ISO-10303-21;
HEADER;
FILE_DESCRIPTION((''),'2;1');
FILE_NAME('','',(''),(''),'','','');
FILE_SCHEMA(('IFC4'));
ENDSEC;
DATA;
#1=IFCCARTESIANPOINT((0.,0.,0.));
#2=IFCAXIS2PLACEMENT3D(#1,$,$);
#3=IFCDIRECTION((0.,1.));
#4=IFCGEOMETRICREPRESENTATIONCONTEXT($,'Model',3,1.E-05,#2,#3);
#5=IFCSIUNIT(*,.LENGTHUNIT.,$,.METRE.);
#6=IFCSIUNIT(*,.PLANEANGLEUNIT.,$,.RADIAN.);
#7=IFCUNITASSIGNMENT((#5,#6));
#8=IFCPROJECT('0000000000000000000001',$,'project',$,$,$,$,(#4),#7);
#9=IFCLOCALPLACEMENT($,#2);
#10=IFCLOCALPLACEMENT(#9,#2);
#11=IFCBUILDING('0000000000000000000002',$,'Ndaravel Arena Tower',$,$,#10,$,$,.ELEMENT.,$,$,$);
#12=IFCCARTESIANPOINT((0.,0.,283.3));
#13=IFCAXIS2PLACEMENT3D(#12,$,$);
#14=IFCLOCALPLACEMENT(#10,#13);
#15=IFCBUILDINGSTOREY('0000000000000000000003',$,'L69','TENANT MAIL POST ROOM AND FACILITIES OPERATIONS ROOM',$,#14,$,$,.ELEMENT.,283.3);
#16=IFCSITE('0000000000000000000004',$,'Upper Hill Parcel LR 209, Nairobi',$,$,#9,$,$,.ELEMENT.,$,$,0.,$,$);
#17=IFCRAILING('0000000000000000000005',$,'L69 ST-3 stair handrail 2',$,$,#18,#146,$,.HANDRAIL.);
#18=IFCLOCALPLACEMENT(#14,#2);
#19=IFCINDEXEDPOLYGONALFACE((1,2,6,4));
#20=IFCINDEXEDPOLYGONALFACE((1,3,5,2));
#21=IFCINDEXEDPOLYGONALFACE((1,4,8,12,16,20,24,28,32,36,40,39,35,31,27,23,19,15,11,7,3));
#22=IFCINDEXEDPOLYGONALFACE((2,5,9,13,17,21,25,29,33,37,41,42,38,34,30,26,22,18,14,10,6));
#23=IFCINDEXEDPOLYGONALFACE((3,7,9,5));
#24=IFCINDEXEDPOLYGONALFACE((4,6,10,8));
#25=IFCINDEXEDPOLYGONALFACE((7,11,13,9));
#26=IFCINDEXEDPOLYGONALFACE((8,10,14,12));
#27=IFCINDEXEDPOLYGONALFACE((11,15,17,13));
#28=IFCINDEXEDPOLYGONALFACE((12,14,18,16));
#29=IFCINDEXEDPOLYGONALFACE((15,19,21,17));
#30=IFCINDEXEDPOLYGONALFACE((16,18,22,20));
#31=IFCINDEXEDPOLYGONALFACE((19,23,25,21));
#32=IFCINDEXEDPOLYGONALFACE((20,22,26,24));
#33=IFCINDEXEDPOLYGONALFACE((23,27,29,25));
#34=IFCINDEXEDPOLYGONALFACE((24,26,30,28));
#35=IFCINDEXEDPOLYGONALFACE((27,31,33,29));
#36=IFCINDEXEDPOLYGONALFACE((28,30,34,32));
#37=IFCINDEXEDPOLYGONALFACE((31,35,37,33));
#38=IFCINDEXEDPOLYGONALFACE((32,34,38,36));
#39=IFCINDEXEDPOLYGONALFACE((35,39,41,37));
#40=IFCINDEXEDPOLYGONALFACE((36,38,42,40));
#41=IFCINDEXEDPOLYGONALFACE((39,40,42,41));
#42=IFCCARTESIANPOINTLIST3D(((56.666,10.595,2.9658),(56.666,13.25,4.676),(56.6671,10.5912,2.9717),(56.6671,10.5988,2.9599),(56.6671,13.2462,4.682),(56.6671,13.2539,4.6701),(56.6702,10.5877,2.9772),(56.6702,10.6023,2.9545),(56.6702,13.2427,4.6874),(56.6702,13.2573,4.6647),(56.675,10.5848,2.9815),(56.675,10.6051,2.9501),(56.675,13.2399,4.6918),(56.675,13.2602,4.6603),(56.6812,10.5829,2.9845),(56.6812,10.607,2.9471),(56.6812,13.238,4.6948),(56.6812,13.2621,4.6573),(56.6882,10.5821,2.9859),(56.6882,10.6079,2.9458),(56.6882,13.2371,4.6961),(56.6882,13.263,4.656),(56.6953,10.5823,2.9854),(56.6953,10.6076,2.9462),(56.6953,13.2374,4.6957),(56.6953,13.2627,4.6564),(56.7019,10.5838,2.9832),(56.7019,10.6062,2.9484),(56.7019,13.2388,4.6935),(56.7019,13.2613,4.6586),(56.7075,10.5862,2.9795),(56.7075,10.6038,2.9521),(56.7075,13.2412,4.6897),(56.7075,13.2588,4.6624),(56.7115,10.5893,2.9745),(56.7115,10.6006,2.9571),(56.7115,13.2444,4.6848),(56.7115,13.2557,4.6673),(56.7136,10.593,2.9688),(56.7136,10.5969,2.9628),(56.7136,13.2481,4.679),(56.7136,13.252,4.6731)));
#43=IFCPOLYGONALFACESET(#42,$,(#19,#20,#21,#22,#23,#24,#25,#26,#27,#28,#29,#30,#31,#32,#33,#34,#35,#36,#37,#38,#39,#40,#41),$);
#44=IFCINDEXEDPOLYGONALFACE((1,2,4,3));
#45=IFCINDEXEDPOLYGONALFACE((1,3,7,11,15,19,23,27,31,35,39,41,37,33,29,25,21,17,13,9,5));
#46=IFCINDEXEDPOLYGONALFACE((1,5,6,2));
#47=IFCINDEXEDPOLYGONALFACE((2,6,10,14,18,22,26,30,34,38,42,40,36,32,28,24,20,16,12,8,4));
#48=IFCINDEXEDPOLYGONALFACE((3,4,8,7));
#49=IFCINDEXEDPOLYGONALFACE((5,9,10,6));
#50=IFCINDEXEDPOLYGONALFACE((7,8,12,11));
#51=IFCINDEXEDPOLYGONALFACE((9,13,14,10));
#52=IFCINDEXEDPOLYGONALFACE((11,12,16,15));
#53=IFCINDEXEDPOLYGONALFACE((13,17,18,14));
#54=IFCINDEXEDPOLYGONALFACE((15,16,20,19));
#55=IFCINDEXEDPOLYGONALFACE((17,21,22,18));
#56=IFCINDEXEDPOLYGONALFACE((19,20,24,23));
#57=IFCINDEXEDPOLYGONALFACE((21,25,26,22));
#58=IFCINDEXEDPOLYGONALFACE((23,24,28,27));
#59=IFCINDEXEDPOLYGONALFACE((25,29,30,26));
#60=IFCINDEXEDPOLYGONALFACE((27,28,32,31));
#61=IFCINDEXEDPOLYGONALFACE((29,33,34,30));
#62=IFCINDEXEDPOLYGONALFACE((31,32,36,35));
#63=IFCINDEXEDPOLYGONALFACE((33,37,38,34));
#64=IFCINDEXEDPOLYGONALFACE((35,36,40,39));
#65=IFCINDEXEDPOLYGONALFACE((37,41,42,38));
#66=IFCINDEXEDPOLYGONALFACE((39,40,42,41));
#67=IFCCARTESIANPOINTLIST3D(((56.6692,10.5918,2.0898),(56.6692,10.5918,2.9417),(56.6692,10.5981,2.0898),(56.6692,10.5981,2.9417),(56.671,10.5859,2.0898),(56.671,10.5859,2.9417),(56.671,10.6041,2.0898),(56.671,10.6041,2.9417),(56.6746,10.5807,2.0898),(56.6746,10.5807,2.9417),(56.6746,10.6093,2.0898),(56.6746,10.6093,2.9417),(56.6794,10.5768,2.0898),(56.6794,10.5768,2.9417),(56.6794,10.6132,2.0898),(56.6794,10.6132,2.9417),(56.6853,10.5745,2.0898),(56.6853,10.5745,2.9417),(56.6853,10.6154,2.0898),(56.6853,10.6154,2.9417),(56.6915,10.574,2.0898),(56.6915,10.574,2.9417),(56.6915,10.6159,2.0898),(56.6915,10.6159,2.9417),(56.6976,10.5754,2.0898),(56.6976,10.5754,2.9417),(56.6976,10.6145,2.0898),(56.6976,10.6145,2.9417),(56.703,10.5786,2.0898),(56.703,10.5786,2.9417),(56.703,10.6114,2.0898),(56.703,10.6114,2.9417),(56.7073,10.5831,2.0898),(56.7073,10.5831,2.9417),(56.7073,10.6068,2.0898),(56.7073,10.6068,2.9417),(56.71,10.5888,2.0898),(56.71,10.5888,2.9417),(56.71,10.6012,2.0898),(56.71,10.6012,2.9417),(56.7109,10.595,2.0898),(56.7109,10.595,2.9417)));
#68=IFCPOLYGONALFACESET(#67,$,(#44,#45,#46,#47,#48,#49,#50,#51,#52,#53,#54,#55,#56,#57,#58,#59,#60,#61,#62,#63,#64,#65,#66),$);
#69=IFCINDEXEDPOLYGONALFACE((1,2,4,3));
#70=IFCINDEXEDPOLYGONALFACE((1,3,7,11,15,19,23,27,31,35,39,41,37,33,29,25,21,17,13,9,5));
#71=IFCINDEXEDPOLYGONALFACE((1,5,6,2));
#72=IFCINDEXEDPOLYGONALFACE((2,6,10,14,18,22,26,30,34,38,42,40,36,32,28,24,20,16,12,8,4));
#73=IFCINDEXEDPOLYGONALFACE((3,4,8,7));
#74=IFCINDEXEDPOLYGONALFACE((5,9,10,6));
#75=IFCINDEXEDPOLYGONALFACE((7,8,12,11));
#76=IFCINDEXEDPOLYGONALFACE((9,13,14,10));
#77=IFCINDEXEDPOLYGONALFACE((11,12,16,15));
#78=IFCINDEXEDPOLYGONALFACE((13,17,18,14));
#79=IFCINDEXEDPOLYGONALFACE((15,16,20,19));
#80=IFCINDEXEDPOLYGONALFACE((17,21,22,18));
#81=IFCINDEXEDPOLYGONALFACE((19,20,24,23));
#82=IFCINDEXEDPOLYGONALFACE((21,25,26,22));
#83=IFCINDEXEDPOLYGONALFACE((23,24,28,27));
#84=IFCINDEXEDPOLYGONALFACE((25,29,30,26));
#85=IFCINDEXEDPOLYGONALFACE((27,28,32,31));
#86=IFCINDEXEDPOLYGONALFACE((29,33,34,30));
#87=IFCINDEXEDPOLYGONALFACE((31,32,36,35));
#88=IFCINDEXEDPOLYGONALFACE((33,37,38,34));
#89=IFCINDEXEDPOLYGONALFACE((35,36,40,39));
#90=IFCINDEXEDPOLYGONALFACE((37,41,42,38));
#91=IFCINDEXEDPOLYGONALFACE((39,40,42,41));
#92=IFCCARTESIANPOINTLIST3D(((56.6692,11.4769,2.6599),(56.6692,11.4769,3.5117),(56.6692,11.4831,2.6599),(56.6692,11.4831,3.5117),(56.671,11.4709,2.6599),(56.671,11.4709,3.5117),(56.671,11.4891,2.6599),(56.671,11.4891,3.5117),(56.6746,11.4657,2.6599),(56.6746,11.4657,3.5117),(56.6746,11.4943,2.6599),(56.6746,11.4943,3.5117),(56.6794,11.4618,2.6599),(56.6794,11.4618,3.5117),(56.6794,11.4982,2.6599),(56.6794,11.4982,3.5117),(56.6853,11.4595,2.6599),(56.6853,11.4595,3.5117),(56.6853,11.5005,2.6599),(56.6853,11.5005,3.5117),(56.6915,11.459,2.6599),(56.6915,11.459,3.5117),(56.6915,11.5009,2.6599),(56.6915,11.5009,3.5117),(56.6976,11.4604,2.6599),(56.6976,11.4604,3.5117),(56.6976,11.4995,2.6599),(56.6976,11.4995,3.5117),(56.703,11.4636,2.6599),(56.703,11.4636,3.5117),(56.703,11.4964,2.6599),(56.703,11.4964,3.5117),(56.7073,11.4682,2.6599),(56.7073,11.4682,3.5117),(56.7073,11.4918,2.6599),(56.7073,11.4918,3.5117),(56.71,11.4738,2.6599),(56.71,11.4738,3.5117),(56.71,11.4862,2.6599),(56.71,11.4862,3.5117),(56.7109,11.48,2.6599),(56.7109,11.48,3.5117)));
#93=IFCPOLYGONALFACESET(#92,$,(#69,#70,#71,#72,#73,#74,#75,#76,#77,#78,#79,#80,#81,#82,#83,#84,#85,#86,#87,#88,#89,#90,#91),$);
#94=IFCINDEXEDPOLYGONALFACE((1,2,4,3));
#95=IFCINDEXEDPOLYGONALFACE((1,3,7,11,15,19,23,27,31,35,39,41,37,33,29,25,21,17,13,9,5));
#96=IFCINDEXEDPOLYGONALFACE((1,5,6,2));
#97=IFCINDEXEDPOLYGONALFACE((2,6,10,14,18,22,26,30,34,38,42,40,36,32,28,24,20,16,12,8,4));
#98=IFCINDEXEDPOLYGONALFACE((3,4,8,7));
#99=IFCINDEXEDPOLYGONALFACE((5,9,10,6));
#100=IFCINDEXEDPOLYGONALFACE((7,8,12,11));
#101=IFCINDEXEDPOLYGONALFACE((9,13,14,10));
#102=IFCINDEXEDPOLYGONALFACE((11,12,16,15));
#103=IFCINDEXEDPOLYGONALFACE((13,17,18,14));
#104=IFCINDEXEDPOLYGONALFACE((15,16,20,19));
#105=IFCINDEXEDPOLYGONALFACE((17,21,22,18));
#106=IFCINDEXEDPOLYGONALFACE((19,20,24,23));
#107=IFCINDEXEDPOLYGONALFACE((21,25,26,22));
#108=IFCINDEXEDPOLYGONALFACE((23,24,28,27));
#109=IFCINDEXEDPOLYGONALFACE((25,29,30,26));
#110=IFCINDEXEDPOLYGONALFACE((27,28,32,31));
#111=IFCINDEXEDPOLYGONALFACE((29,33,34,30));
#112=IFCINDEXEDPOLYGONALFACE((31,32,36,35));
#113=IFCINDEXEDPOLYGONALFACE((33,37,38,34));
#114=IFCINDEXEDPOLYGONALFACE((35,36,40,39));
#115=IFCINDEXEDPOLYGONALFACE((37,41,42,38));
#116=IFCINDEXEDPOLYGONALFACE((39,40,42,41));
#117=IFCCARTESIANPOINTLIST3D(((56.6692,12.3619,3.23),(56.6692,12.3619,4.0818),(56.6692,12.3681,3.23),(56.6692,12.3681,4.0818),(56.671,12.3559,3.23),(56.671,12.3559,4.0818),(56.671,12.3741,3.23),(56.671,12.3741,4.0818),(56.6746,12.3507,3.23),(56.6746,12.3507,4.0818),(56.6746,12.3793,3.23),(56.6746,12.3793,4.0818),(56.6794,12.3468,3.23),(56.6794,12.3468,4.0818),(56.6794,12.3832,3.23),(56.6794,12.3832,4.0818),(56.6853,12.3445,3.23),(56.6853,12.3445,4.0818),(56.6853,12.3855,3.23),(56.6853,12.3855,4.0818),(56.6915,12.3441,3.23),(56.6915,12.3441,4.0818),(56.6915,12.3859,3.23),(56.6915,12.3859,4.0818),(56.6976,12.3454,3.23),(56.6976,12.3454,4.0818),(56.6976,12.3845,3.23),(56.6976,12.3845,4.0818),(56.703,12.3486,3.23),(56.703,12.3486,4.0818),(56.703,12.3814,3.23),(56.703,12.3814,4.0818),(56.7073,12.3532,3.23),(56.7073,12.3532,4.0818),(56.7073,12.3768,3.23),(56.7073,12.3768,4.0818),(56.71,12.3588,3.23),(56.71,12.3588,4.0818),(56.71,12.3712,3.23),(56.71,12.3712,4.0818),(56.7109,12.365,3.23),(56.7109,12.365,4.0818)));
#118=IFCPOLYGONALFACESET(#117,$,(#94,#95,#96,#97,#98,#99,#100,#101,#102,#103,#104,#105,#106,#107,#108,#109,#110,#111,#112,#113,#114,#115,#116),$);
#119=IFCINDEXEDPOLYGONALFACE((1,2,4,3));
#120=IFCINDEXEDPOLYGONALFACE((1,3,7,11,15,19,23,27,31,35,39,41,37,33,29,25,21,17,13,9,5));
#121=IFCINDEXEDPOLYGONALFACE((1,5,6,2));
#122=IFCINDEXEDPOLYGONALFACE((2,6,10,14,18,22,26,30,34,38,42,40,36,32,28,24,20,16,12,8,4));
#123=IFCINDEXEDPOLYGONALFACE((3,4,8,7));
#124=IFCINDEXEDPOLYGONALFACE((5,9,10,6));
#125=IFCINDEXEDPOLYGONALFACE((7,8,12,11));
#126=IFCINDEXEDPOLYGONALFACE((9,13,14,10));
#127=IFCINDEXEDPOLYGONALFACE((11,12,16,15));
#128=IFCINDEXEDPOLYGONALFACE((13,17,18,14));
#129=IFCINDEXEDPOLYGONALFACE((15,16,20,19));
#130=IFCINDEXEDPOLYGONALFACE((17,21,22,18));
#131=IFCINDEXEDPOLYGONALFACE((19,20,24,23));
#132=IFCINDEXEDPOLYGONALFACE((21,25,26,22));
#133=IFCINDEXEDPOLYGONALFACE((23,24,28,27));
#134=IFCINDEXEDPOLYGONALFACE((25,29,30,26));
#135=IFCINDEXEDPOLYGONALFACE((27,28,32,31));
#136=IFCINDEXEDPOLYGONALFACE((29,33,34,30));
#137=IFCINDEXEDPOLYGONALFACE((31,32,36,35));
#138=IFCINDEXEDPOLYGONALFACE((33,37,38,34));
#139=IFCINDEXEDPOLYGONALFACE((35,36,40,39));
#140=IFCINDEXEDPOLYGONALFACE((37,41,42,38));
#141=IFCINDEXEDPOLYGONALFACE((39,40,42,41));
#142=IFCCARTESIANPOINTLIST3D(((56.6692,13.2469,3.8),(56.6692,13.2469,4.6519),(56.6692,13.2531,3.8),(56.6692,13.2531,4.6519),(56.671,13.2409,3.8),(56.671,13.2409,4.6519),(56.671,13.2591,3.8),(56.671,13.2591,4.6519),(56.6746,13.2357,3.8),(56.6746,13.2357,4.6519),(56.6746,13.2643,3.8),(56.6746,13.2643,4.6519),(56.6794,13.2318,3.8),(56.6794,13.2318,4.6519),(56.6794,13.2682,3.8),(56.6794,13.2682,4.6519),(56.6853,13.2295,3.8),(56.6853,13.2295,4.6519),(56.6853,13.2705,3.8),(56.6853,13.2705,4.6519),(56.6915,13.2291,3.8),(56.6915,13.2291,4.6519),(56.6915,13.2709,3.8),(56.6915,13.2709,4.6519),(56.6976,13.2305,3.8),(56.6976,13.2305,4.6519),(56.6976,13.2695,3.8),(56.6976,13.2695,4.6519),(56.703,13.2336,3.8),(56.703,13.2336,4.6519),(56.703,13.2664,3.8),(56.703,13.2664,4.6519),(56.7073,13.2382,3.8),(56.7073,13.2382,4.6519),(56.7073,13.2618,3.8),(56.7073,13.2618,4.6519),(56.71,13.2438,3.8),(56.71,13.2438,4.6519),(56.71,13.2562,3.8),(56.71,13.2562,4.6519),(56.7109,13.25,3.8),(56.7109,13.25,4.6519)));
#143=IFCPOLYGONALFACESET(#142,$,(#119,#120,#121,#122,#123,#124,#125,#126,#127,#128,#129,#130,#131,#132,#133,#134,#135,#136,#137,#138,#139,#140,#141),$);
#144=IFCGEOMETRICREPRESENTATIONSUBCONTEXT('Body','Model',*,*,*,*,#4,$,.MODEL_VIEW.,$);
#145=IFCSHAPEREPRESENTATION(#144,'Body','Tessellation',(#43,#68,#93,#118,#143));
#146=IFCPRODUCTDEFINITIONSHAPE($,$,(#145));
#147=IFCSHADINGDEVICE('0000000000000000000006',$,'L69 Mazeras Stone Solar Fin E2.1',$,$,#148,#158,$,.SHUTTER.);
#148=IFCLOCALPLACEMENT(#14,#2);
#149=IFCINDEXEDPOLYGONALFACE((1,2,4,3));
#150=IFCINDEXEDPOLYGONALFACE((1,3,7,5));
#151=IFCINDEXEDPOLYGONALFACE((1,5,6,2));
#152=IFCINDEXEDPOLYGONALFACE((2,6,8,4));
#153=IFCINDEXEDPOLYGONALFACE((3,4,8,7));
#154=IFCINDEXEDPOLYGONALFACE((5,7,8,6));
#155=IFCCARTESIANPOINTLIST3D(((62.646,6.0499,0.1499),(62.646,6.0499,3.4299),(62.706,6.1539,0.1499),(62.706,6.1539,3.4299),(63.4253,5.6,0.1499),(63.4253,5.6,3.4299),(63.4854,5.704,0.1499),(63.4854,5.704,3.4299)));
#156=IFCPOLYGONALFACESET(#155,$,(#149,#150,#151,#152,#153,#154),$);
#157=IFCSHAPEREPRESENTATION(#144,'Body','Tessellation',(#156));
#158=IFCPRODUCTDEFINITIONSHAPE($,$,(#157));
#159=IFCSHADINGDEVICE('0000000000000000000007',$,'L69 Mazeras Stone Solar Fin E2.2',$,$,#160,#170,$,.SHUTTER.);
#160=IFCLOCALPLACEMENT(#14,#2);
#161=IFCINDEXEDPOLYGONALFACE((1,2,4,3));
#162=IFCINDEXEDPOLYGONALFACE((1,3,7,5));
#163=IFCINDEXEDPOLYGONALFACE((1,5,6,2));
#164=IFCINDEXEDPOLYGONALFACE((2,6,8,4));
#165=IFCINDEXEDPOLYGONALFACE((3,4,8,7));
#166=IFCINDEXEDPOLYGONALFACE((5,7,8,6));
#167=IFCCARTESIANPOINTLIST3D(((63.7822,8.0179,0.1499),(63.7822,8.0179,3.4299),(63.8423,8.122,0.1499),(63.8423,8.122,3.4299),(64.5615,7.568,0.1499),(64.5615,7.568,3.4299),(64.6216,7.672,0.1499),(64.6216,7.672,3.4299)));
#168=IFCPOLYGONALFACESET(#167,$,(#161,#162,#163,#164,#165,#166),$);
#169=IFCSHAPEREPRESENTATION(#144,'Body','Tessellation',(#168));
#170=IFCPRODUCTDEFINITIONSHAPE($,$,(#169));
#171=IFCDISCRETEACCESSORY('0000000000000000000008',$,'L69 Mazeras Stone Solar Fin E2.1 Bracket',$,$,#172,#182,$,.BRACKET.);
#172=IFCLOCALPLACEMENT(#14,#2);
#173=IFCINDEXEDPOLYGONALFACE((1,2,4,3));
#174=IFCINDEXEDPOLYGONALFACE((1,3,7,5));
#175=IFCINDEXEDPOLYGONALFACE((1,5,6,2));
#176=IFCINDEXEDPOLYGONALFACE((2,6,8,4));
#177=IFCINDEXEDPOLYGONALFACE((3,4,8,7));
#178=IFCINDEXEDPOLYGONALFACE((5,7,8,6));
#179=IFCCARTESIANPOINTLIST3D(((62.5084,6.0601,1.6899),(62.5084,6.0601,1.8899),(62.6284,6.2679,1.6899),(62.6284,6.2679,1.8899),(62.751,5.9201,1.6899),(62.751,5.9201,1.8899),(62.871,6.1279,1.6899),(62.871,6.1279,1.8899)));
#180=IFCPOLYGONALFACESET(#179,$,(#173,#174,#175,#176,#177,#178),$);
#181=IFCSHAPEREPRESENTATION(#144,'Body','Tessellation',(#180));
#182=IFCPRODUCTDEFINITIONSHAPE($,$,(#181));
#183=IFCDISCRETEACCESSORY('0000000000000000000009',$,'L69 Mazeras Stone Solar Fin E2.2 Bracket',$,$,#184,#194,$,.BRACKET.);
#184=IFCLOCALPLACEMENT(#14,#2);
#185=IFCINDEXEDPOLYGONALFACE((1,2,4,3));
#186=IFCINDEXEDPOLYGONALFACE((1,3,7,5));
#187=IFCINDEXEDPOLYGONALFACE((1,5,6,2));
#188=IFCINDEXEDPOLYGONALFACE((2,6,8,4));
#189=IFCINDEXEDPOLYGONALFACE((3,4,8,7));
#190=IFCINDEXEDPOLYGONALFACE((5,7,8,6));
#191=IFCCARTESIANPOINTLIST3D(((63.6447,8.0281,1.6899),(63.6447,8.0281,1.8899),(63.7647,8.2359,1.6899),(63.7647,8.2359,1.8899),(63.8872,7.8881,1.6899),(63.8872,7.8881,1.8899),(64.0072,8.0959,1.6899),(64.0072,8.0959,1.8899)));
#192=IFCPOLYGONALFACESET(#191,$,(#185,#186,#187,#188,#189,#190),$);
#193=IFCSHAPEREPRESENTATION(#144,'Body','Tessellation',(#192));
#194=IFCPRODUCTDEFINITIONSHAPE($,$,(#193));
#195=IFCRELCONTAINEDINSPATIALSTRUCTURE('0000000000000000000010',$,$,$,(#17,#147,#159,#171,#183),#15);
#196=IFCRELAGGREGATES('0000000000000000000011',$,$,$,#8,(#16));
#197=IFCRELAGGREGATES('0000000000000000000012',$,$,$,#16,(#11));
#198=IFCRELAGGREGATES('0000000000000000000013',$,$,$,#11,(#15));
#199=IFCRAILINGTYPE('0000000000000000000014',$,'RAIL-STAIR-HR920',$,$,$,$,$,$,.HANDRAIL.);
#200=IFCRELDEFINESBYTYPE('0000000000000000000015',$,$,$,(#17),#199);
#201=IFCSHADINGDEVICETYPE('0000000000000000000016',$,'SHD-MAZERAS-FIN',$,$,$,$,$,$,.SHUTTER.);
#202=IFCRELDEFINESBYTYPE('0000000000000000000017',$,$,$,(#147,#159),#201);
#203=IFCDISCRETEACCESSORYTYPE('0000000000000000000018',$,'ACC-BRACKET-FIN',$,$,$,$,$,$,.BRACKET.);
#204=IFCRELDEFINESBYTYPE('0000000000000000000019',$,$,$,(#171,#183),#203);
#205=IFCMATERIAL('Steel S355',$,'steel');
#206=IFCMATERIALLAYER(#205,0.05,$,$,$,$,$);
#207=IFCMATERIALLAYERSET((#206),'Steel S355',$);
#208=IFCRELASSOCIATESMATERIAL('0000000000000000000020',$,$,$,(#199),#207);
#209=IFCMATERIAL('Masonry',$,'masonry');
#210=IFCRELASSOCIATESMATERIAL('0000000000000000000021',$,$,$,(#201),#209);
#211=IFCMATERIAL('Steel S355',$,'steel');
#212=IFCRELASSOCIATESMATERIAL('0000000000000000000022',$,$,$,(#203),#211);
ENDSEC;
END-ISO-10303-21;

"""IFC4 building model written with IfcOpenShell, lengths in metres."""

from ifc_helpers import new_model, si_unit, direction, frame, origin, origin_2d, place, context, subcontext, project, spatial, rectangle, circle, extrude, material, layer, layer_set, type_object, element, save


model = new_model("IFC4")

# Units and contexts
model_context = context("Model", 3, precision=1e-05, world=origin(), true_north=direction((0.0, 1.0)))
body_context = subcontext(model_context, "Body", "Model", "MODEL_VIEW")
ifc_project = project(units=[si_unit("LENGTHUNIT", "METRE"), si_unit("PLANEANGLEUNIT", "RADIAN")], contexts=[model_context])

# Site, building, storey
site_placement = place(None, origin())
site = spatial("IfcSite", under=ifc_project, at=site_placement, Name="Upper Hill Parcel LR 209, Nairobi", CompositionType="ELEMENT", RefElevation=0.0)
building_placement = place(site_placement, origin())
building = spatial("IfcBuilding", under=site, at=building_placement, Name="Ndaravel Arena Tower", CompositionType="ELEMENT")
storey_placement = place(building_placement, frame((0.0, 0.0, 283.3)))
storey = spatial("IfcBuildingStorey", under=building, at=storey_placement, Name="L69", Description="TENANT MAIL POST ROOM AND FACILITIES OPERATIONS ROOM", CompositionType="ELEMENT", Elevation=283.3)

# Railing
ifc_material_1 = material(Name="Steel S355", Category="steel")
ifc_layer_1 = layer(ifc_material_1, 0.05)
ifc_layer_set_1 = layer_set([ifc_layer_1], Name="Steel S355")
railing_type_1 = type_object("IfcRailingType", Name="RAIL-STAIR-HR920", PredefinedType="HANDRAIL", material=ifc_layer_set_1)
railing_1_placement = place(storey_placement, frame((56.6899, 10.595, 2.0898)))
element("IfcRailing", 1, at=railing_1_placement, inside=storey, type_object=railing_type_1, Name="L69 ST-3 stair handrail 2", PredefinedType="HANDRAIL", context=body_context, shape_type="SweptSolid", body=[
    extrude(circle(Radius=0.0239, at=origin_2d()), frame((0.0, 0.0, 0.876), z_axis=(0.0, 0.840688, 0.541519), x_axis=(-1.0, 0.0, 0.0)), (0.0, 0.0, 1.0), 3.1582),
    extrude(circle(Radius=0.021, at=origin_2d()), origin(), (0.0, 0.0, 1.0), 0.8518),
    extrude(circle(Radius=0.021, at=origin_2d()), frame((0.0, 0.885, 0.5701)), (0.0, 0.0, 1.0), 0.8518),
    extrude(circle(Radius=0.021, at=origin_2d()), frame((0.0, 1.77, 1.1401)), (0.0, 0.0, 1.0), 0.8518),
    extrude(circle(Radius=0.021, at=origin_2d()), frame((0.0, 2.655, 1.7102)), (0.0, 0.0, 1.0), 0.8518),
])

# Shading devices
ifc_material_2 = material(Name="Masonry", Category="masonry")
shading_device_type = type_object("IfcShadingDeviceType", Name="SHD-MAZERAS-FIN", PredefinedType="SHUTTER", material=ifc_material_2)
for number, where, z_axis, x_axis, name in (
    (2, (63.0657, 5.877, 0.1499), (0.0, 0.0, 1.0), (0.866025, -0.5, 0.0), "L69 Mazeras Stone Solar Fin E2.1"),
    (3, (64.2019, 7.845, 0.1499), (0.0, 0.0, 1.0), (0.866025, -0.5, 0.0), "L69 Mazeras Stone Solar Fin E2.2"),
):
    element("IfcShadingDevice", number, at=place(storey_placement, frame(where, z_axis=z_axis, x_axis=x_axis)), inside=storey, type_object=shading_device_type, Name=name, PredefinedType="SHUTTER", context=body_context, shape_type="SweptSolid", body=[
        extrude(rectangle(XDim=0.8999, YDim=0.1201, at=origin_2d()), origin(), (0.0, 0.0, 1.0), 3.28),
    ])

# Discrete accessories
ifc_material_3 = material(Name="Steel S355", Category="steel")
discrete_accessory_type = type_object("IfcDiscreteAccessoryType", Name="ACC-BRACKET-FIN", PredefinedType="BRACKET", material=ifc_material_3)
for number, where, z_axis, x_axis, name in (
    (4, (62.6897, 6.094, 1.6899), (0.0, 0.0, 1.0), (0.866025, -0.5, 0.0), "L69 Mazeras Stone Solar Fin E2.1 Bracket"),
    (5, (63.8259, 8.062, 1.6899), (0.0, 0.0, 1.0), (0.866025, -0.5, 0.0), "L69 Mazeras Stone Solar Fin E2.2 Bracket"),
):
    element("IfcDiscreteAccessory", number, at=place(storey_placement, frame(where, z_axis=z_axis, x_axis=x_axis)), inside=storey, type_object=discrete_accessory_type, Name=name, PredefinedType="BRACKET", context=body_context, shape_type="SweptSolid", body=[
        extrude(rectangle(XDim=0.28, YDim=0.24, at=origin_2d()), origin(), (0.0, 0.0, 1.0), 0.2),
    ])

save(model, "model.ifc")
